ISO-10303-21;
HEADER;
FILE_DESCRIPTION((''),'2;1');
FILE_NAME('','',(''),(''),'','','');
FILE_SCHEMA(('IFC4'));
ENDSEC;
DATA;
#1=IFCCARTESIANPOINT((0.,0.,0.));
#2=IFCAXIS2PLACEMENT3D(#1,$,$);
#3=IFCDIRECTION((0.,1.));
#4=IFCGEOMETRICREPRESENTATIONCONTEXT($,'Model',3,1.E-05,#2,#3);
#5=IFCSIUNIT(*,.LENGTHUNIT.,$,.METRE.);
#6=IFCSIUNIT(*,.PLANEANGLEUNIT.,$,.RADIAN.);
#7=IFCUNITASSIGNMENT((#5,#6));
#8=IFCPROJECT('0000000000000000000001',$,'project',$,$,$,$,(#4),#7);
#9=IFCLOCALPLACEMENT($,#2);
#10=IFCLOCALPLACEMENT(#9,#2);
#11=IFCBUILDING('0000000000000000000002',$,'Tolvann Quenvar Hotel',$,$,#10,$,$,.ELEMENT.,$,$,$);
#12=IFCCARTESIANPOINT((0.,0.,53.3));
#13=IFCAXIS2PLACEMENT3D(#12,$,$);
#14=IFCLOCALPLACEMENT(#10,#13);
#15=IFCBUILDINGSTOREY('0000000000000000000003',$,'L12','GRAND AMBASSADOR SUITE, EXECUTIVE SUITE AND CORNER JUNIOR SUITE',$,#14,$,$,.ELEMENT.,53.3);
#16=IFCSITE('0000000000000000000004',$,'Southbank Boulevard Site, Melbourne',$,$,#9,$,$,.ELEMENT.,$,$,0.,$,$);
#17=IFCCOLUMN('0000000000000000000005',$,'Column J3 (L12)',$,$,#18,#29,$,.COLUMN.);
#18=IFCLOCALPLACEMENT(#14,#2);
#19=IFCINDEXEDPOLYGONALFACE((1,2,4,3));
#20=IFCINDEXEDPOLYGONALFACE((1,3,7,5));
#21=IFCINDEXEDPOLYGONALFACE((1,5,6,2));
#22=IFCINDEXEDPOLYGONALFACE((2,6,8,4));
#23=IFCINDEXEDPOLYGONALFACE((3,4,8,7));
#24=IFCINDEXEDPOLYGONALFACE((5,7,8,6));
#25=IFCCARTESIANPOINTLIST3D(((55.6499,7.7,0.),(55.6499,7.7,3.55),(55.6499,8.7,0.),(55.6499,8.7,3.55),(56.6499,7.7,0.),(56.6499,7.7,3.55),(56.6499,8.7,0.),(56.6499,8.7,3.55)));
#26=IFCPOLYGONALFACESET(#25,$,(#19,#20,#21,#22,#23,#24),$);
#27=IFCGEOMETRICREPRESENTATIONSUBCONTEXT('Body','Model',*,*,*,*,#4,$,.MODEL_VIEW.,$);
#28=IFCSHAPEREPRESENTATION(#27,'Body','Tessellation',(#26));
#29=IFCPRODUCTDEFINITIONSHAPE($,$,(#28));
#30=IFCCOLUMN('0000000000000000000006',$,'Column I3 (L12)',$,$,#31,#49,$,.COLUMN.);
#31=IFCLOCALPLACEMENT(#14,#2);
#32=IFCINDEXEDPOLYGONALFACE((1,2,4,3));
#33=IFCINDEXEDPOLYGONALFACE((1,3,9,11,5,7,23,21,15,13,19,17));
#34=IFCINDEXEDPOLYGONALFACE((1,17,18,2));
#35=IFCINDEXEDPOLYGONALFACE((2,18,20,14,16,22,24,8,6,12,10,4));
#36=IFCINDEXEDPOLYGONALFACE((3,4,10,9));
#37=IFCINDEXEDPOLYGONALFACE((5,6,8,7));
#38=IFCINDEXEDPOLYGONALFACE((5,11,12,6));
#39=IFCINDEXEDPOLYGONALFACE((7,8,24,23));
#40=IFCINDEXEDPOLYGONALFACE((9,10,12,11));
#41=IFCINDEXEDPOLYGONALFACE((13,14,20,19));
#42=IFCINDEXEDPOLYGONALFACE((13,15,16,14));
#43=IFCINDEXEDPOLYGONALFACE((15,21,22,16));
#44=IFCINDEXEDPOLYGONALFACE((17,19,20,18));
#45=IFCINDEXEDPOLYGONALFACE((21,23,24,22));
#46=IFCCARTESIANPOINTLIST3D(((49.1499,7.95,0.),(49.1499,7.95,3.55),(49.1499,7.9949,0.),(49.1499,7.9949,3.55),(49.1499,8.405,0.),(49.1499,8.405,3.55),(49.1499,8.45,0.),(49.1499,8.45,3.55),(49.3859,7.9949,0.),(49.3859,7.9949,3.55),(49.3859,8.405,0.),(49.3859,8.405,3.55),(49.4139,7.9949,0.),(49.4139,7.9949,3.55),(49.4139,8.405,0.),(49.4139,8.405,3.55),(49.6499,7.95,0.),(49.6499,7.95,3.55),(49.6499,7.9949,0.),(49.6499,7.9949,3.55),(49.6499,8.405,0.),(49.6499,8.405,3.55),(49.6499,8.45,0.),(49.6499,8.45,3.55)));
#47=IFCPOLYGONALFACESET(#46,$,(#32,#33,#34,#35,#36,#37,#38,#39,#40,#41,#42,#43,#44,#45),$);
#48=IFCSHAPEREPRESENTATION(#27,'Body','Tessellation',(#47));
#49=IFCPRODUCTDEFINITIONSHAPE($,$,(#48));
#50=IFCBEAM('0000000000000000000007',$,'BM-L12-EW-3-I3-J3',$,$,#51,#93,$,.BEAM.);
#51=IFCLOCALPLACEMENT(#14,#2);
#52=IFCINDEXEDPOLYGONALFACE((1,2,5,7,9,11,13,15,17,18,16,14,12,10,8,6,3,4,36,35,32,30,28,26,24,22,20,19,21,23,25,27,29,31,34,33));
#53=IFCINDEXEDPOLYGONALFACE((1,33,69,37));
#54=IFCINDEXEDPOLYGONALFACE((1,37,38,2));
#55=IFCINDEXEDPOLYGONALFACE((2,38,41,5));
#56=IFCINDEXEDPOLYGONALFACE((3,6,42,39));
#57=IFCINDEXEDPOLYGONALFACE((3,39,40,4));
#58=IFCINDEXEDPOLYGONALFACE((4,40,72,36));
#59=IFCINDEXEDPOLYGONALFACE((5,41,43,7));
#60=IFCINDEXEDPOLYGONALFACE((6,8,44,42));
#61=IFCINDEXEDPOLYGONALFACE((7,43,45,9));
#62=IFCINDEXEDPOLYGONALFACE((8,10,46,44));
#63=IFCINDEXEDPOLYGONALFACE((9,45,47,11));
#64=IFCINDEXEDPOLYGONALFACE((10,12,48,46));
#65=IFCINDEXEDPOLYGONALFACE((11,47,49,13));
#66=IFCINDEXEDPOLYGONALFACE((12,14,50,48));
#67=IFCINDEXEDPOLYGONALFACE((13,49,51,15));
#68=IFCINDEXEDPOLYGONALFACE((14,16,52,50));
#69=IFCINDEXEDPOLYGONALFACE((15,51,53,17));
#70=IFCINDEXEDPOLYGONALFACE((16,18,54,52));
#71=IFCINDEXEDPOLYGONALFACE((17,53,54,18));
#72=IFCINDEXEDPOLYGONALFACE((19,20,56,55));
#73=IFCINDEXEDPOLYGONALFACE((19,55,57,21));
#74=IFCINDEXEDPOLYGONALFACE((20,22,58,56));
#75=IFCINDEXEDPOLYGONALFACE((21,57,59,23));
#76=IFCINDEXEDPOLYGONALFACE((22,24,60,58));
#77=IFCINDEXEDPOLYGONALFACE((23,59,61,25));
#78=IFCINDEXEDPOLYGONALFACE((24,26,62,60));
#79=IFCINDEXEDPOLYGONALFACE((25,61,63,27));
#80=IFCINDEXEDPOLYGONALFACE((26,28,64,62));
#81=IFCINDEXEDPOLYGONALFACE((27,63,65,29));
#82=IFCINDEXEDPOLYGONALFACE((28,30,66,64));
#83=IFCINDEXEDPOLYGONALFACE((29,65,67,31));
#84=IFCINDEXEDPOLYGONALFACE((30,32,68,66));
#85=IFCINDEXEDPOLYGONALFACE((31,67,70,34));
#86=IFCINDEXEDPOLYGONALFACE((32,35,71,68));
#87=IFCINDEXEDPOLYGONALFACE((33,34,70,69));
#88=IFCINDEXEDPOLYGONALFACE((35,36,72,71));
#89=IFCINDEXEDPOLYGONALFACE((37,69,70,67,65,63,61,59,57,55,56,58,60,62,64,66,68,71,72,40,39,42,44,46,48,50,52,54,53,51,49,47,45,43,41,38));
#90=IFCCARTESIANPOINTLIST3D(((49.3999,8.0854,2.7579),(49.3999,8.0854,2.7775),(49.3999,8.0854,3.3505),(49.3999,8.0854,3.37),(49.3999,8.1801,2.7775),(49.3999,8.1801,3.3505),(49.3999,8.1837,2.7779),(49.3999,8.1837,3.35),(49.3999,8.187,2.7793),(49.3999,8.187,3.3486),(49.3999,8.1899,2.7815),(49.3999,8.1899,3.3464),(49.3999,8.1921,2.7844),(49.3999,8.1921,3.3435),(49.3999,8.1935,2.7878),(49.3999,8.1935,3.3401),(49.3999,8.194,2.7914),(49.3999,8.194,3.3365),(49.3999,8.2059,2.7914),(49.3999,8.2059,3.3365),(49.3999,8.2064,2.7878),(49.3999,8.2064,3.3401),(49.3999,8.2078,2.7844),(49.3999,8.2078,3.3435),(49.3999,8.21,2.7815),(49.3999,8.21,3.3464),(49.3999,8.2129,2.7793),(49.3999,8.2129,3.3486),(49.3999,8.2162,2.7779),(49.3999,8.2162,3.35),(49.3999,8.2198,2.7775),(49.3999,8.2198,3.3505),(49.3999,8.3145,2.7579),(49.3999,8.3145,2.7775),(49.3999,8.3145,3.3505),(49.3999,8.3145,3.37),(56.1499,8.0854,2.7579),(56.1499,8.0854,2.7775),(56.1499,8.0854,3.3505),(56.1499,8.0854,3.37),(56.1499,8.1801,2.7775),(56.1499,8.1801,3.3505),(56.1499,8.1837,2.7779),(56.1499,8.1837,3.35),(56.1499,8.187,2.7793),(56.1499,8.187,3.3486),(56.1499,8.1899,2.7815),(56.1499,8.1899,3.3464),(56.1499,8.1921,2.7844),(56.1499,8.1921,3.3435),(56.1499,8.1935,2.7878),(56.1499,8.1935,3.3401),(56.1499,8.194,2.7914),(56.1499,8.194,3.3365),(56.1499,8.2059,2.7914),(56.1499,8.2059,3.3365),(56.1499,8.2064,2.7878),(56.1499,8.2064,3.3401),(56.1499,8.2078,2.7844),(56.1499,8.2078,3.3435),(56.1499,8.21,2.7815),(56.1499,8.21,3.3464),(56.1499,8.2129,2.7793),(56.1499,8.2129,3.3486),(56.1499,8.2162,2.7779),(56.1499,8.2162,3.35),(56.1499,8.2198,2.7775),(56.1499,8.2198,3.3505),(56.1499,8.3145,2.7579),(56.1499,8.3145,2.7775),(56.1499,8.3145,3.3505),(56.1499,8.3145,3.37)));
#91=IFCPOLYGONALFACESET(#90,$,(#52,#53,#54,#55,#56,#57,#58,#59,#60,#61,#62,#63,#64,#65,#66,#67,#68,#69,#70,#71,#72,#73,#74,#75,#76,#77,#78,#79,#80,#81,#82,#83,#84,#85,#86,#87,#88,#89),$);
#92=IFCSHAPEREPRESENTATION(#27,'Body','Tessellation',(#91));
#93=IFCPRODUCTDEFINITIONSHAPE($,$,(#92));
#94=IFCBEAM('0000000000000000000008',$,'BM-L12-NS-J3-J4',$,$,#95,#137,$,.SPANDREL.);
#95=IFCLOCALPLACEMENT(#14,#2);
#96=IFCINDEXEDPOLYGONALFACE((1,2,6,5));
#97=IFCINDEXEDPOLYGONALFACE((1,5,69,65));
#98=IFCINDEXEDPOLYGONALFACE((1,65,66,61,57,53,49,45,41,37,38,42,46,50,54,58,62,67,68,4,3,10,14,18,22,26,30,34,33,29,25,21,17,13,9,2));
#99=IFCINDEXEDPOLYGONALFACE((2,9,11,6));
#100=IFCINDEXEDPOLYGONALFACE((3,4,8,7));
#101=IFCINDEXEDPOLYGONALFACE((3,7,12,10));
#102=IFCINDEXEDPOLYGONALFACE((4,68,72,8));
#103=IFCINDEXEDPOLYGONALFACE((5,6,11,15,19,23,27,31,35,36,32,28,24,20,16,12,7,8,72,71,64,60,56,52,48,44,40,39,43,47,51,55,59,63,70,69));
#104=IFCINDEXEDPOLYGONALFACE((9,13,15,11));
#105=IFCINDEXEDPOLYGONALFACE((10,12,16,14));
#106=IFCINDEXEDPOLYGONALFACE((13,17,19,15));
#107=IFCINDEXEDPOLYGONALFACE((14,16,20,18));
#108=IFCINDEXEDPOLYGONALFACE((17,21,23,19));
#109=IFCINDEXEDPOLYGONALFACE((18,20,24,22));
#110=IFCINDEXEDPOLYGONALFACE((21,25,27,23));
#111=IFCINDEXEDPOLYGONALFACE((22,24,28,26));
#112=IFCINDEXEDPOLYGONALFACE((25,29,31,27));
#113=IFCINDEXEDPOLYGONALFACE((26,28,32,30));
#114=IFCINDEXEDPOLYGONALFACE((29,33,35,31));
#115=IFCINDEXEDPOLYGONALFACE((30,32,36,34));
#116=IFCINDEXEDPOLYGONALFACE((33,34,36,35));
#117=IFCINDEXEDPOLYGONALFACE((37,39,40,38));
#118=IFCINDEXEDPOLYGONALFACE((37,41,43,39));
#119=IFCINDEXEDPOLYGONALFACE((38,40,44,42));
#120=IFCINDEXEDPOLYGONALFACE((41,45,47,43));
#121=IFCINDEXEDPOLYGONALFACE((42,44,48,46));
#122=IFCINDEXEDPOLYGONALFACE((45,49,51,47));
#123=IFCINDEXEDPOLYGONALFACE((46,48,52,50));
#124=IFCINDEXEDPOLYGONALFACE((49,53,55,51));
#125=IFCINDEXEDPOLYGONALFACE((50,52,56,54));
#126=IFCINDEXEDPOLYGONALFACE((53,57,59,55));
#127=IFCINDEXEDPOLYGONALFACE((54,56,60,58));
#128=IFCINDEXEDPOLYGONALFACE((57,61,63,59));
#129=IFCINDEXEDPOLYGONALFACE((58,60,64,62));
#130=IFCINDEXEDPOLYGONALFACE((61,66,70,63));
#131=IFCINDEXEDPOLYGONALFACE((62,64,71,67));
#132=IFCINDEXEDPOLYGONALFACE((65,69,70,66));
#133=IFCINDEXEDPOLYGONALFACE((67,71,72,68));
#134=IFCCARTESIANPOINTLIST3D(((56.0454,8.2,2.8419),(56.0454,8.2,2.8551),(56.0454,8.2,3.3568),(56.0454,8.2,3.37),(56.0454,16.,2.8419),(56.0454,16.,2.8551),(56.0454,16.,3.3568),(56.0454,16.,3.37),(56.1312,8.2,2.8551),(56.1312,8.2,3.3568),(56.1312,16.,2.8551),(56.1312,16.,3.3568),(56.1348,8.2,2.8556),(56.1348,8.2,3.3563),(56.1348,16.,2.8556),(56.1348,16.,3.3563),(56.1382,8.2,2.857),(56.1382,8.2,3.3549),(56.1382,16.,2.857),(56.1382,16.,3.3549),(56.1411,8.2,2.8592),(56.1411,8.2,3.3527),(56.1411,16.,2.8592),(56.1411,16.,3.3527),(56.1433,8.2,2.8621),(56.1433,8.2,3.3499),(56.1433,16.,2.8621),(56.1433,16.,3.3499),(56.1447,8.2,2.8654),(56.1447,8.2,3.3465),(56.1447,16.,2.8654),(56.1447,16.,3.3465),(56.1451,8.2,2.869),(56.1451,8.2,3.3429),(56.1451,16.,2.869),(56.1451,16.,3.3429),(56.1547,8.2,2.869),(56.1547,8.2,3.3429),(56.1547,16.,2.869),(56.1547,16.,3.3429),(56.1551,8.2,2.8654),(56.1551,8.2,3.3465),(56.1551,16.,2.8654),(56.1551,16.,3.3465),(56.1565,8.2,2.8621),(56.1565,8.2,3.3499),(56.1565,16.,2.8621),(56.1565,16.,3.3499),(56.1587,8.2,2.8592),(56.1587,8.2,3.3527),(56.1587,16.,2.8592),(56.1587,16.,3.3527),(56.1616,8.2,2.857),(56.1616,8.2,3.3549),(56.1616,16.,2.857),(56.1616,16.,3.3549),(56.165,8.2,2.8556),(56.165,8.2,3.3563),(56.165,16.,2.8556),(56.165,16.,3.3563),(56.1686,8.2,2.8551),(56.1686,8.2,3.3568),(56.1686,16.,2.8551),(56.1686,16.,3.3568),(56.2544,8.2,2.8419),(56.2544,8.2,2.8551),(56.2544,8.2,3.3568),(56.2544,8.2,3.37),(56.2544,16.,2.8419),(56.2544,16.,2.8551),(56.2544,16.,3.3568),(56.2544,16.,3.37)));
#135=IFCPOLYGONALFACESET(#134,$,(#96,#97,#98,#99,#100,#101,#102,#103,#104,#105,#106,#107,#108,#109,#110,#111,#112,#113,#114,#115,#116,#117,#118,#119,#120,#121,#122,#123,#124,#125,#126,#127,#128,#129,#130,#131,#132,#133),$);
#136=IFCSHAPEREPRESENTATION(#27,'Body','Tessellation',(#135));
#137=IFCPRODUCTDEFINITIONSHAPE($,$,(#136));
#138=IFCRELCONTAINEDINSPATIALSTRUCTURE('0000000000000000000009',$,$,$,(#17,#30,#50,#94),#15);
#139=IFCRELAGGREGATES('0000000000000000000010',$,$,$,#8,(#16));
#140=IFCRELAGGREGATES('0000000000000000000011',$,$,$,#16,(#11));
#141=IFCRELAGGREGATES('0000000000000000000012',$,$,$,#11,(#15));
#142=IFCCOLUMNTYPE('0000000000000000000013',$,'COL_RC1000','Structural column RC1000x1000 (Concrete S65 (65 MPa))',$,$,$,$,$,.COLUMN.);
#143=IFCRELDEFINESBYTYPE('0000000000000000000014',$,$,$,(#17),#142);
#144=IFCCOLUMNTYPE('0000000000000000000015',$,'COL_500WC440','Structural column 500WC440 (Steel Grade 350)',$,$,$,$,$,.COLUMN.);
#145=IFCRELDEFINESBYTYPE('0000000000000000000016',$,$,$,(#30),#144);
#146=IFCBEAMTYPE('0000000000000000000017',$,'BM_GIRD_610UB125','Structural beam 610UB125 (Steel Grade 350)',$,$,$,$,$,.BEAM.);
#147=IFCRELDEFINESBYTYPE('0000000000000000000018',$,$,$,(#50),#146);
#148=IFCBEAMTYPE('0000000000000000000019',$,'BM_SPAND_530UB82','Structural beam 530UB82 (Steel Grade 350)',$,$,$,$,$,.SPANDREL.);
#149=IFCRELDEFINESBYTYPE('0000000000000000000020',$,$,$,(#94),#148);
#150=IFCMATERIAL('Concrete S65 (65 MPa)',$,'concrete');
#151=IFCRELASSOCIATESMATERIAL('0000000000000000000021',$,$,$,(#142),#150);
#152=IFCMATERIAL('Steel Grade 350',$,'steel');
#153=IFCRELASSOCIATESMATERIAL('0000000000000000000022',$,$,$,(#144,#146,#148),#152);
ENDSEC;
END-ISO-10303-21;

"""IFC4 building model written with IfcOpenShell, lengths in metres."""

from ifc_helpers import new_model, si_unit, direction, frame, origin, origin_2d, place, context, subcontext, project, spatial, rectangle, i_section, extrude, source, transform, mapped, material, material_profile, profile_set, type_object, type_shapes, element, save


model = new_model("IFC4")

# Units and contexts
model_context = context("Model", 3, precision=1e-05, world=origin(), true_north=direction((0.0, 1.0)))
body_context = subcontext(model_context, "Body", "Model", "MODEL_VIEW")
ifc_project = project(units=[si_unit("LENGTHUNIT", "METRE"), si_unit("PLANEANGLEUNIT", "RADIAN")], contexts=[model_context])

# Site, building, storey
site_placement = place(None, origin())
site = spatial("IfcSite", under=ifc_project, at=site_placement, Name="Southbank Boulevard Site, Melbourne", CompositionType="ELEMENT", RefElevation=0.0)
building_placement = place(site_placement, origin())
building = spatial("IfcBuilding", under=site, at=building_placement, Name="Tolvann Quenvar Hotel", CompositionType="ELEMENT")
storey_placement = place(building_placement, frame((0.0, 0.0, 53.3)))
storey = spatial("IfcBuildingStorey", under=building, at=storey_placement, Name="L12", Description="GRAND AMBASSADOR SUITE, EXECUTIVE SUITE AND CORNER JUNIOR SUITE", CompositionType="ELEMENT", Elevation=53.3)

# Columns
ifc_material_1 = material(Name="Concrete S65 (65 MPa)", Category="concrete")
ifc_material_profile_1 = material_profile(ifc_material_1, rectangle(XDim=1.0, YDim=1.0, at=origin_2d()), Name="RC1000x1000")
ifc_profile_set_1 = profile_set([ifc_material_profile_1], Name="Concrete S65 (65 MPa)")
column_type_1 = type_object("IfcColumnType", Name="COL_RC1000", Description="Structural column RC1000x1000 (Concrete S65 (65 MPa))", PredefinedType="COLUMN", material=ifc_profile_set_1)
shared_shape_1 = source(origin(), body_context, "Body", "SweptSolid", [
    extrude(rectangle(XDim=1.0, YDim=1.0, at=origin_2d()), origin(), (0.0, 0.0, 1.0), 3.55),
])
type_shapes(column_type_1, [shared_shape_1])
column_1_placement = place(storey_placement, frame((56.1499, 8.2, 0.0), z_axis=(0.0, 0.0, 1.0), x_axis=(1.0, 0.0, 0.0)))
element("IfcColumn", 1, at=column_1_placement, inside=storey, type_object=column_type_1, Name="Column J3 (L12)", PredefinedType="COLUMN", context=body_context, shape_type="MappedRepresentation", body=[
    mapped(shared_shape_1, transform((0.0, 0.0, 0.0), x_axis=(1.0, 0.0, 0.0), y_axis=(0.0, 1.0, 0.0), z_axis=(0.0, 0.0, 1.0), scale=1.0)),
])
ifc_material_2 = material(Name="Steel Grade 350", Category="steel")
ifc_material_profile_2 = material_profile(ifc_material_2, i_section(OverallWidth=0.5, OverallDepth=0.5, WebThickness=0.0281, FlangeThickness=0.0449, at=origin_2d()), Name="500WC440")
ifc_profile_set_2 = profile_set([ifc_material_profile_2], Name="Steel Grade 350")
column_type_2 = type_object("IfcColumnType", Name="COL_500WC440", Description="Structural column 500WC440 (Steel Grade 350)", PredefinedType="COLUMN", material=ifc_profile_set_2)
shared_shape_2 = source(origin(), body_context, "Body", "SweptSolid", [
    extrude(i_section(OverallWidth=0.5, OverallDepth=0.5, WebThickness=0.0281, FlangeThickness=0.0449, at=origin_2d()), origin(), (0.0, 0.0, 1.0), 3.55),
])
type_shapes(column_type_2, [shared_shape_2])
column_2_placement = place(storey_placement, frame((49.3999, 8.2, 0.0), z_axis=(0.0, 0.0, 1.0), x_axis=(1.0, 0.0, 0.0)))
element("IfcColumn", 2, at=column_2_placement, inside=storey, type_object=column_type_2, Name="Column I3 (L12)", PredefinedType="COLUMN", context=body_context, shape_type="MappedRepresentation", body=[
    mapped(shared_shape_2, transform((0.0, 0.0, 0.0), x_axis=(1.0, 0.0, 0.0), y_axis=(0.0, 1.0, 0.0), z_axis=(0.0, 0.0, 1.0), scale=1.0)),
])

# Beams
ifc_material_profile_3 = material_profile(ifc_material_2, i_section(OverallWidth=0.229, OverallDepth=0.6121, WebThickness=0.012, FlangeThickness=0.0195, FilletRadius=0.0139, at=origin_2d()), Name="610UB125")
ifc_profile_set_3 = profile_set([ifc_material_profile_3], Name="Steel Grade 350")
beam_type_1 = type_object("IfcBeamType", Name="BM_GIRD_610UB125", Description="Structural beam 610UB125 (Steel Grade 350)", PredefinedType="BEAM", material=ifc_profile_set_3)
shared_shape_3 = source(origin(), body_context, "Body", "SweptSolid", [
    extrude(i_section(OverallWidth=0.229, OverallDepth=0.6121, WebThickness=0.012, FlangeThickness=0.0195, FilletRadius=0.0139, at=origin_2d()), origin(), (0.0, 0.0, 1.0), 6.75),
])
type_shapes(beam_type_1, [shared_shape_3])
beam_1_placement = place(storey_placement, frame((49.3999, 8.2, 3.064), z_axis=(1.0, 0.0, 0.0), x_axis=(0.0, 1.0, 0.0)))
element("IfcBeam", 3, at=beam_1_placement, inside=storey, type_object=beam_type_1, Name="BM-L12-EW-3-I3-J3", PredefinedType="BEAM", context=body_context, shape_type="MappedRepresentation", body=[
    mapped(shared_shape_3, transform((0.0, 0.0, 0.0), x_axis=(1.0, 0.0, 0.0), y_axis=(0.0, 1.0, 0.0), z_axis=(0.0, 0.0, 1.0), scale=1.0)),
])
ifc_material_profile_4 = material_profile(ifc_material_2, i_section(OverallWidth=0.209, OverallDepth=0.5281, WebThickness=0.0095, FlangeThickness=0.0132, FilletRadius=0.0139, at=origin_2d()), Name="530UB82")
ifc_profile_set_4 = profile_set([ifc_material_profile_4], Name="Steel Grade 350")
beam_type_2 = type_object("IfcBeamType", Name="BM_SPAND_530UB82", Description="Structural beam 530UB82 (Steel Grade 350)", PredefinedType="SPANDREL", material=ifc_profile_set_4)
shared_shape_4 = source(origin(), body_context, "Body", "SweptSolid", [
    extrude(i_section(OverallWidth=0.209, OverallDepth=0.5281, WebThickness=0.0095, FlangeThickness=0.0132, FilletRadius=0.0139, at=origin_2d()), origin(), (0.0, 0.0, 1.0), 7.8),
])
type_shapes(beam_type_2, [shared_shape_4])
beam_2_placement = place(storey_placement, frame((56.1499, 8.2, 3.106), z_axis=(0.0, 1.0, 0.0), x_axis=(-1.0, 0.0, 0.0)))
element("IfcBeam", 4, at=beam_2_placement, inside=storey, type_object=beam_type_2, Name="BM-L12-NS-J3-J4", PredefinedType="SPANDREL", context=body_context, shape_type="MappedRepresentation", body=[
    mapped(shared_shape_4, transform((0.0, 0.0, 0.0), x_axis=(1.0, 0.0, 0.0), y_axis=(0.0, 1.0, 0.0), z_axis=(0.0, 0.0, 1.0), scale=1.0)),
])

save(model, "model.ifc")
